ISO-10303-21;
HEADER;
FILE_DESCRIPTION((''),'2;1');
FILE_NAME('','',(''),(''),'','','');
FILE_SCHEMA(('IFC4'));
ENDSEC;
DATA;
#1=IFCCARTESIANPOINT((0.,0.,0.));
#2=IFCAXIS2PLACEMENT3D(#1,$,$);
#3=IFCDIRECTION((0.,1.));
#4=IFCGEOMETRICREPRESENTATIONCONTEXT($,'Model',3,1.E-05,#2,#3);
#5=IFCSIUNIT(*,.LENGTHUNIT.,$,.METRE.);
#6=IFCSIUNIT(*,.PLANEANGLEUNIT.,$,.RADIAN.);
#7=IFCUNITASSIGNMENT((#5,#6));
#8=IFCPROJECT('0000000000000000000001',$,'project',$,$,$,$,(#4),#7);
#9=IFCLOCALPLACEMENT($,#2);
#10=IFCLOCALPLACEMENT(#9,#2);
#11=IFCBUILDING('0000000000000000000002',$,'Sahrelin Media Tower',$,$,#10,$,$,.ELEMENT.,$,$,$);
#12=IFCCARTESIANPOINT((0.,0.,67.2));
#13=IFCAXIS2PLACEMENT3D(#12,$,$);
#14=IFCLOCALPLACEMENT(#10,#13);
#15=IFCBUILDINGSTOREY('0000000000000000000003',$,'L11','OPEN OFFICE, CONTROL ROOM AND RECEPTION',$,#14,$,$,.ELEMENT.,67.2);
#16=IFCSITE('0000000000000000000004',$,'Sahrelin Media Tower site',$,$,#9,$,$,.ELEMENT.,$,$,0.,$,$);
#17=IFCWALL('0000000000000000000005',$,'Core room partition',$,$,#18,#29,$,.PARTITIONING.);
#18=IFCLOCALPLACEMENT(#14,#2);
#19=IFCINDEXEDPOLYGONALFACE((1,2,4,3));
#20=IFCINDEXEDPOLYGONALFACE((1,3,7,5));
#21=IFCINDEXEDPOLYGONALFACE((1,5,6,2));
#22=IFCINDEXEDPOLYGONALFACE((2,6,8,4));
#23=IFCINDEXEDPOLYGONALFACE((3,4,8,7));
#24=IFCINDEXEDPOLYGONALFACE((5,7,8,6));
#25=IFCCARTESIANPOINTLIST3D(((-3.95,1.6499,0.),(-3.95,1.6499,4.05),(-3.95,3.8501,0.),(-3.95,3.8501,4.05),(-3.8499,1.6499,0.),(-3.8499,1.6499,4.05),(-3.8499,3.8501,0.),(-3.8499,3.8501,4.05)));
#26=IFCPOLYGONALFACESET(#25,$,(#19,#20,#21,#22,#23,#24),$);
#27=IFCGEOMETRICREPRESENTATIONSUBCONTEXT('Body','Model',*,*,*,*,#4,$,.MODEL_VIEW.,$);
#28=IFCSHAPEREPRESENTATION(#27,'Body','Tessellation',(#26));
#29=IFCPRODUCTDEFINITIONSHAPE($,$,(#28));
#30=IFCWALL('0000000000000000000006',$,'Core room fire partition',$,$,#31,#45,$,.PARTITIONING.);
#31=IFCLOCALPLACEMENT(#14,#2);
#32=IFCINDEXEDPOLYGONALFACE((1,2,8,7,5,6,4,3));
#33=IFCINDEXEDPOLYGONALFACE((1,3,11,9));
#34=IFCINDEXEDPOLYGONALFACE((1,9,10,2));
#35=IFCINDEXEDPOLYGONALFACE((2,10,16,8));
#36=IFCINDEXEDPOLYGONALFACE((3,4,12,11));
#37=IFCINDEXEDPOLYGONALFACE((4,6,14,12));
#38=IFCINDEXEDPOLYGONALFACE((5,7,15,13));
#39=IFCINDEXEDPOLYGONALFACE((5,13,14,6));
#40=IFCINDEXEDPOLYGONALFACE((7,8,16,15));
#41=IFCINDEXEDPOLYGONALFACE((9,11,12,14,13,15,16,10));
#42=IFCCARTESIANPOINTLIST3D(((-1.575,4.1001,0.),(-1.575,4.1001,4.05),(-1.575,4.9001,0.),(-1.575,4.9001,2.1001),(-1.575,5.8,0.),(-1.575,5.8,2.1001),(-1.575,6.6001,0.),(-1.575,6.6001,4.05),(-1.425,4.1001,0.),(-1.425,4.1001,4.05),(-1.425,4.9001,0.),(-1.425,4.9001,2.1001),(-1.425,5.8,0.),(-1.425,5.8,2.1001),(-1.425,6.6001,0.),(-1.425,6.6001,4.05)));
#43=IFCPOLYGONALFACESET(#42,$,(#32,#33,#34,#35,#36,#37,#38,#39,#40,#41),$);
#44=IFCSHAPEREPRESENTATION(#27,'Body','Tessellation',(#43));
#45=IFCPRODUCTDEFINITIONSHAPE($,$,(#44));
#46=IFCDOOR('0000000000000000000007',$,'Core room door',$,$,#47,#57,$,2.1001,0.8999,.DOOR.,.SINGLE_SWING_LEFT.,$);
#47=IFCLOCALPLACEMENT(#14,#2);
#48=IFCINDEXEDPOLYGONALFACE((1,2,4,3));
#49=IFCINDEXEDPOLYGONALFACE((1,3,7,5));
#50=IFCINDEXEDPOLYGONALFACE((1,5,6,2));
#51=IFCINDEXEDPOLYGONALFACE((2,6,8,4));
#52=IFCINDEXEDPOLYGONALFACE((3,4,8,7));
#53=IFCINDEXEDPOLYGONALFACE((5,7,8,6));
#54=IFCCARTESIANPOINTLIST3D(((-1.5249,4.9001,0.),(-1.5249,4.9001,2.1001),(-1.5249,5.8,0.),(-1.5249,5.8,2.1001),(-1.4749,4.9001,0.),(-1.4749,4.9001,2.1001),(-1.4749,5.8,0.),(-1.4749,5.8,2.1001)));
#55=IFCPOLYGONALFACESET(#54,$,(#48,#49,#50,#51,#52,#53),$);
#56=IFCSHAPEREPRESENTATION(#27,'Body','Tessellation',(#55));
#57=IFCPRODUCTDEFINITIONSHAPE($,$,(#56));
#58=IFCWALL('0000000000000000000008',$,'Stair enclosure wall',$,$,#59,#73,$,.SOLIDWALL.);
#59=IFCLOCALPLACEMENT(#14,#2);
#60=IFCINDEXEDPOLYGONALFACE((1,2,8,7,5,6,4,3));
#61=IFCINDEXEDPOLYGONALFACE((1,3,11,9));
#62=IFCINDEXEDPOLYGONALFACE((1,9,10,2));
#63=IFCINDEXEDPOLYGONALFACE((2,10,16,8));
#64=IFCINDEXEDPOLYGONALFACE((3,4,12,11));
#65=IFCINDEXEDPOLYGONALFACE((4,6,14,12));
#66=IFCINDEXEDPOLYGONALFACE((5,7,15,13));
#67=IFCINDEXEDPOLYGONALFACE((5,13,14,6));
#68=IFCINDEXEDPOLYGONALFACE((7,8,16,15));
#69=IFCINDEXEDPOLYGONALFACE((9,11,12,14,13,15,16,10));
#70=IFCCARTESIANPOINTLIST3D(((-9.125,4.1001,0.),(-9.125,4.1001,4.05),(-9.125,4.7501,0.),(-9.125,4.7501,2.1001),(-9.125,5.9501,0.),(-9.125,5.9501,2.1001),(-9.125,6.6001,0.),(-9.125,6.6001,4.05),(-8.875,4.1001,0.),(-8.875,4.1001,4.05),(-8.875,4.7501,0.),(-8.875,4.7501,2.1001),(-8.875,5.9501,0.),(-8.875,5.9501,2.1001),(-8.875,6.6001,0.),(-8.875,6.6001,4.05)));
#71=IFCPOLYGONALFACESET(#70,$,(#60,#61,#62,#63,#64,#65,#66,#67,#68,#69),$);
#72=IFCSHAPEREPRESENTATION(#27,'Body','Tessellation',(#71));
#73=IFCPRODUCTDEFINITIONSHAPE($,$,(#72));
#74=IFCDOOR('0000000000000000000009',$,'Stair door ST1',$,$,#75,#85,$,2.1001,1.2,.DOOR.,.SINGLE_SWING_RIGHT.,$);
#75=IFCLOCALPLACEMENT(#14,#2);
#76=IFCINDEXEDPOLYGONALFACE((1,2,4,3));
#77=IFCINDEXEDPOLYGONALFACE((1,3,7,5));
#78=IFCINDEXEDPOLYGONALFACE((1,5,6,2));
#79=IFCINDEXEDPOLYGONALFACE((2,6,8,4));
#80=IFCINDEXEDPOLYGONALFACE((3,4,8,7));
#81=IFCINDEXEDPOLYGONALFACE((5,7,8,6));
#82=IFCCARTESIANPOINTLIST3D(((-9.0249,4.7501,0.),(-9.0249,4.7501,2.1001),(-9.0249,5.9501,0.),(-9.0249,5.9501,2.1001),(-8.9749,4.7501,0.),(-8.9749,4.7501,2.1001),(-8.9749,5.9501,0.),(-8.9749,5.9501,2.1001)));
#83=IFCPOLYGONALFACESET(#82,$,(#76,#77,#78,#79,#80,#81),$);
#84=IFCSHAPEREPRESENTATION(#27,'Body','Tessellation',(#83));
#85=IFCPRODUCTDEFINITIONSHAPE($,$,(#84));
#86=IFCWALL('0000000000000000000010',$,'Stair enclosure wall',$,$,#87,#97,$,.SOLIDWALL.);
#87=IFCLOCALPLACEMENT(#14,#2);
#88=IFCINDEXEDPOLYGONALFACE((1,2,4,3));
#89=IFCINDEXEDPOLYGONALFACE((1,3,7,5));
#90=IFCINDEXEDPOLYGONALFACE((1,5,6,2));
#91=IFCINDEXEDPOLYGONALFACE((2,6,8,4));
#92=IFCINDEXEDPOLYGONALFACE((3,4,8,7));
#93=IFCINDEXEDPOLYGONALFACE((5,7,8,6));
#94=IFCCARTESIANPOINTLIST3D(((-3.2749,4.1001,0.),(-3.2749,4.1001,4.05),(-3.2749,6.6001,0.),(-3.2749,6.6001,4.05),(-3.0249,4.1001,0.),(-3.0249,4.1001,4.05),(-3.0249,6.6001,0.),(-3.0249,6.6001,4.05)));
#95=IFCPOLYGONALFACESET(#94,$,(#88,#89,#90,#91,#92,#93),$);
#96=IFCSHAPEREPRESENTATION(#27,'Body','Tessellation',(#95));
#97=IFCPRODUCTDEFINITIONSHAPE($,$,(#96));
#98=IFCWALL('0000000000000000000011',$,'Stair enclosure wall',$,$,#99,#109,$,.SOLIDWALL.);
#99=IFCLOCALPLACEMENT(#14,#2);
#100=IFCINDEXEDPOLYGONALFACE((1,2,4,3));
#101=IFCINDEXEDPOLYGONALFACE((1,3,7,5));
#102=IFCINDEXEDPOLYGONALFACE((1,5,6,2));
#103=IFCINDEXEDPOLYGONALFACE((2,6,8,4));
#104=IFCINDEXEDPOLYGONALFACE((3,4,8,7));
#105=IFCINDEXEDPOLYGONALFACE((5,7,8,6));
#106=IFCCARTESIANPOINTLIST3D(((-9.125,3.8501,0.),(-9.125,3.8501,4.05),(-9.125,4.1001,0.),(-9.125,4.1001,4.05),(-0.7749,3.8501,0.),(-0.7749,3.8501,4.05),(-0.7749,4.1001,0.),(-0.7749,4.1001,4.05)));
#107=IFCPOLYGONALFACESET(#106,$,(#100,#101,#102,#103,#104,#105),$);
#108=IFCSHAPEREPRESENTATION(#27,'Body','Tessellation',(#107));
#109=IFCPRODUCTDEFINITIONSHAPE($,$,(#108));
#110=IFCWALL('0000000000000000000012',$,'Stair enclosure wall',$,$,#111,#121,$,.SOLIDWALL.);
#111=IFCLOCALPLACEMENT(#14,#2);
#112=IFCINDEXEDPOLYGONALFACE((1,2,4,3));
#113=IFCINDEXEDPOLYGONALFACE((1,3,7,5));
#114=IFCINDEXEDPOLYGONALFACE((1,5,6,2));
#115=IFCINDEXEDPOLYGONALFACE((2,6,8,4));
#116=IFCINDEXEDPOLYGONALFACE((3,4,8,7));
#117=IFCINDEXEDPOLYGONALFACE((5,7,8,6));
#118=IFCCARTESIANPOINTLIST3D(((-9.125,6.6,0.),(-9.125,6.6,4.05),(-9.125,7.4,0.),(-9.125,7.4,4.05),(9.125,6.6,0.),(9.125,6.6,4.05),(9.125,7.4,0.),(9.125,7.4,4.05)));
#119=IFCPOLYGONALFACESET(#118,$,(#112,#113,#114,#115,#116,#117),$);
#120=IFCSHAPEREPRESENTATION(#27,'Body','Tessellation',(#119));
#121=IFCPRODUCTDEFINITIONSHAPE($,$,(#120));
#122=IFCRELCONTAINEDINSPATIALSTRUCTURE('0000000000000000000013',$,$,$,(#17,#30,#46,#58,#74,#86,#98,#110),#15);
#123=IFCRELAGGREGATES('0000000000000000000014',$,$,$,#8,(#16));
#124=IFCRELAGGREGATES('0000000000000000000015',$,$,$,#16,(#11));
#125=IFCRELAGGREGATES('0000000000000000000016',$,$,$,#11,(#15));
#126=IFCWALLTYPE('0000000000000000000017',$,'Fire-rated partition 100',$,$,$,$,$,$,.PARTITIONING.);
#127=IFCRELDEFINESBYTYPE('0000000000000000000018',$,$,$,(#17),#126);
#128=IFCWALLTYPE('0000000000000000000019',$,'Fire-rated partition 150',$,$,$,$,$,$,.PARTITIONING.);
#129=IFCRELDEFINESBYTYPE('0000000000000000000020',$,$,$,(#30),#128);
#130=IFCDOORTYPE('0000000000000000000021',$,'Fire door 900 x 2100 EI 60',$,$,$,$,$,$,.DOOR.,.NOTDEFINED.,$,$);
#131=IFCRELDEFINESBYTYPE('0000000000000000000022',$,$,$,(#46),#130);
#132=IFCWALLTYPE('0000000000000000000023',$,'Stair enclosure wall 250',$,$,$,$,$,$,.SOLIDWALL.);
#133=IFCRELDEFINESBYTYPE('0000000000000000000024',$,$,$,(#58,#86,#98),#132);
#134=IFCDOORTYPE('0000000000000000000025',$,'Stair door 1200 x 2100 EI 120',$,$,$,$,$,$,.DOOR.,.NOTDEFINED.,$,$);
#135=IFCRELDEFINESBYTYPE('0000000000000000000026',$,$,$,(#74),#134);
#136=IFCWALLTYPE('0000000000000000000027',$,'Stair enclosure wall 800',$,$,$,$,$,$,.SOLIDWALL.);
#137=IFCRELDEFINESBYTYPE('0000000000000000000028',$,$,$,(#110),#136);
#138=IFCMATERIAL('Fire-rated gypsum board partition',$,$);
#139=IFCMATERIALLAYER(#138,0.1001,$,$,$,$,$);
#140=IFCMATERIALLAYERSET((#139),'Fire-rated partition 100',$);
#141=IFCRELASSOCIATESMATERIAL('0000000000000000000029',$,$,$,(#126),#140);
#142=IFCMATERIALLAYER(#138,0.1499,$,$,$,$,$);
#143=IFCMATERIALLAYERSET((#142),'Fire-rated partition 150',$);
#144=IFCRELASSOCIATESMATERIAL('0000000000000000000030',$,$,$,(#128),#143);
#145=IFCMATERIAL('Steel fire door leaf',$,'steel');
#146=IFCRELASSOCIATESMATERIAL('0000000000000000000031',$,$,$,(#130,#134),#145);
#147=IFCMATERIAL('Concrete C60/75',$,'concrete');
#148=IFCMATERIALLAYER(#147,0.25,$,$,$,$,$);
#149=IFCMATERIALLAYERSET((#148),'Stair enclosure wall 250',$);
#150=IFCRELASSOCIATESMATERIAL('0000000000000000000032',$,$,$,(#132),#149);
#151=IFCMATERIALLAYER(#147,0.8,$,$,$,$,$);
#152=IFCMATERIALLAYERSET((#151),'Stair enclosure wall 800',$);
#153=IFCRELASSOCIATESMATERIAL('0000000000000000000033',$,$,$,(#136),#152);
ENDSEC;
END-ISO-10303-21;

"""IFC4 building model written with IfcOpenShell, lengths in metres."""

from ifc_helpers import new_model, si_unit, direction, frame, frame_2d, origin, place, context, subcontext, project, spatial, rectangle, extrude, material, layer, layer_set, type_object, element, fill, save


model = new_model("IFC4")

# Units and contexts
model_context = context("Model", 3, precision=1e-05, world=origin(), true_north=direction((0.0, 1.0)))
body_context = subcontext(model_context, "Body", "Model", "MODEL_VIEW")
ifc_project = project(units=[si_unit("LENGTHUNIT", "METRE"), si_unit("PLANEANGLEUNIT", "RADIAN")], contexts=[model_context])

# Site, building, storey
site_placement = place(None, origin())
site = spatial("IfcSite", under=ifc_project, at=site_placement, Name="Sahrelin Media Tower site", CompositionType="ELEMENT", RefElevation=0.0)
building_placement = place(site_placement, origin())
building = spatial("IfcBuilding", under=site, at=building_placement, Name="Sahrelin Media Tower", CompositionType="ELEMENT")
storey_placement = place(building_placement, frame((0.0, 0.0, 67.2)))
storey = spatial("IfcBuildingStorey", under=building, at=storey_placement, Name="L11", Description="OPEN OFFICE, CONTROL ROOM AND RECEPTION", CompositionType="ELEMENT", Elevation=67.2)

# Shared definitions
ifc_material_1 = material(Name="Concrete C60/75", Category="concrete")

# Shared definitions
ifc_material_2 = material(Name="Fire-rated gypsum board partition")
ifc_material_3 = material(Name="Steel fire door leaf", Category="steel")

# Wall
ifc_layer_1 = layer(ifc_material_2, 0.1001)
ifc_layer_set_1 = layer_set([ifc_layer_1], Name="Fire-rated partition 100")
wall_type_1 = type_object("IfcWallType", Name="Fire-rated partition 100", PredefinedType="PARTITIONING", material=ifc_layer_set_1)
wall_1_placement = place(storey_placement, frame((-3.8999, 1.6499, 0.0), z_axis=(0.0, 0.0, 1.0), x_axis=(0.0, 1.0, 0.0)))
element("IfcWall", 1, at=wall_1_placement, inside=storey, type_object=wall_type_1, Name="Core room partition", PredefinedType="PARTITIONING", context=body_context, shape_type="SweptSolid", body=[
    extrude(rectangle(XDim=2.2002, YDim=0.1001, at=frame_2d((1.1001, 0.0))), origin(), (0.0, 0.0, 1.0), 4.05),
])

# Walls, openings, doors
ifc_layer_2 = layer(ifc_material_2, 0.1499)
ifc_layer_set_2 = layer_set([ifc_layer_2], Name="Fire-rated partition 150")
wall_type_2 = type_object("IfcWallType", Name="Fire-rated partition 150", PredefinedType="PARTITIONING", material=ifc_layer_set_2)
wall_2_placement = place(storey_placement, frame((-1.5, 4.1001, 0.0), z_axis=(0.0, 0.0, 1.0), x_axis=(0.0, 1.0, 0.0)))
wall_2 = element("IfcWall", 2, at=wall_2_placement, inside=storey, type_object=wall_type_2, Name="Core room fire partition", PredefinedType="PARTITIONING", context=body_context, shape_type="SweptSolid", body=[
    extrude(rectangle(XDim=2.5, YDim=0.1499, at=frame_2d((1.25, 0.0))), origin(), (0.0, 0.0, 1.0), 4.05),
])
opening_1_placement = place(wall_2_placement, frame((0.8, 0.0, 0.0)))
opening_1 = element("IfcOpeningElement", 3, at=opening_1_placement, cuts=wall_2, PredefinedType="OPENING", context=body_context, shape_type="SweptSolid", body=[
    extrude(rectangle(XDim=0.8999, YDim=2.1001, at=frame_2d((0.45, 1.05))), frame((0.0, 0.075, 0.0), z_axis=(0.0, -1.0, 0.0), x_axis=(1.0, 0.0, 0.0)), (0.0, 0.0, 1.0), 0.1499),
])
door_type_1 = type_object("IfcDoorType", Name="Fire door 900 x 2100 EI 60", OperationType="NOTDEFINED", PredefinedType="DOOR", material=ifc_material_3)
door_1_placement = place(opening_1_placement, origin())
door_1 = element("IfcDoor", 4, at=door_1_placement, inside=storey, type_object=door_type_1, Name="Core room door", OperationType="SINGLE_SWING_LEFT", OverallHeight=2.1001, OverallWidth=0.8999, PredefinedType="DOOR", context=body_context, shape_type="SweptSolid", body=[
    extrude(rectangle(XDim=0.8999, YDim=2.1001, at=frame_2d((0.45, 1.05))), frame((0.0, 0.0249, 0.0), z_axis=(0.0, -1.0, 0.0), x_axis=(1.0, 0.0, 0.0)), (0.0, 0.0, 1.0), 0.05),
])
fill(opening_1, door_1)
ifc_layer_3 = layer(ifc_material_1, 0.25)
ifc_layer_set_3 = layer_set([ifc_layer_3], Name="Stair enclosure wall 250")
wall_type_3 = type_object("IfcWallType", Name="Stair enclosure wall 250", PredefinedType="SOLIDWALL", material=ifc_layer_set_3)
wall_3_placement = place(storey_placement, frame((-9.0, 4.1001, 0.0), z_axis=(0.0, 0.0, 1.0), x_axis=(0.0, 1.0, 0.0)))
wall_3 = element("IfcWall", 5, at=wall_3_placement, inside=storey, type_object=wall_type_3, Name="Stair enclosure wall", PredefinedType="SOLIDWALL", context=body_context, shape_type="SweptSolid", body=[
    extrude(rectangle(XDim=2.5, YDim=0.25, at=frame_2d((1.25, 0.0))), origin(), (0.0, 0.0, 1.0), 4.05),
])
opening_2_placement = place(wall_3_placement, frame((0.6499, 0.0, 0.0)))
opening_2 = element("IfcOpeningElement", 6, at=opening_2_placement, cuts=wall_3, PredefinedType="OPENING", context=body_context, shape_type="SweptSolid", body=[
    extrude(rectangle(XDim=1.2, YDim=2.1001, at=frame_2d((0.6001, 1.05))), frame((0.0, 0.125, 0.0), z_axis=(0.0, -1.0, 0.0), x_axis=(1.0, 0.0, 0.0)), (0.0, 0.0, 1.0), 0.25),
])
door_type_2 = type_object("IfcDoorType", Name="Stair door 1200 x 2100 EI 120", OperationType="NOTDEFINED", PredefinedType="DOOR", material=ifc_material_3)
door_2_placement = place(opening_2_placement, origin())
door_2 = element("IfcDoor", 7, at=door_2_placement, inside=storey, type_object=door_type_2, Name="Stair door ST1", OperationType="SINGLE_SWING_RIGHT", OverallHeight=2.1001, OverallWidth=1.2, PredefinedType="DOOR", context=body_context, shape_type="SweptSolid", body=[
    extrude(rectangle(XDim=1.2, YDim=2.1001, at=frame_2d((0.6001, 1.05))), frame((0.0, 0.0249, 0.0), z_axis=(0.0, -1.0, 0.0), x_axis=(1.0, 0.0, 0.0)), (0.0, 0.0, 1.0), 0.05),
])
fill(opening_2, door_2)

# Walls
wall_4_placement = place(storey_placement, frame((-3.1499, 4.1001, 0.0), z_axis=(0.0, 0.0, 1.0), x_axis=(0.0, 1.0, 0.0)))
element("IfcWall", 8, at=wall_4_placement, inside=storey, type_object=wall_type_3, Name="Stair enclosure wall", PredefinedType="SOLIDWALL", context=body_context, shape_type="SweptSolid", body=[
    extrude(rectangle(XDim=2.5, YDim=0.25, at=frame_2d((1.25, 0.0))), origin(), (0.0, 0.0, 1.0), 4.05),
])
wall_5_placement = place(storey_placement, frame((-9.125, 3.9751, 0.0), z_axis=(0.0, 0.0, 1.0), x_axis=(1.0, 0.0, 0.0)))
element("IfcWall", 9, at=wall_5_placement, inside=storey, type_object=wall_type_3, Name="Stair enclosure wall", PredefinedType="SOLIDWALL", context=body_context, shape_type="SweptSolid", body=[
    extrude(rectangle(XDim=8.3501, YDim=0.25, at=frame_2d((4.175, 0.0))), origin(), (0.0, 0.0, 1.0), 4.05),
])
ifc_layer_4 = layer(ifc_material_1, 0.8)
ifc_layer_set_4 = layer_set([ifc_layer_4], Name="Stair enclosure wall 800")
wall_type_4 = type_object("IfcWallType", Name="Stair enclosure wall 800", PredefinedType="SOLIDWALL", material=ifc_layer_set_4)
wall_6_placement = place(storey_placement, frame((-9.125, 7.0, 0.0), z_axis=(0.0, 0.0, 1.0), x_axis=(1.0, 0.0, 0.0)))
element("IfcWall", 10, at=wall_6_placement, inside=storey, type_object=wall_type_4, Name="Stair enclosure wall", PredefinedType="SOLIDWALL", context=body_context, shape_type="SweptSolid", body=[
    extrude(rectangle(XDim=18.25, YDim=0.8, at=frame_2d((9.125, 0.0))), origin(), (0.0, 0.0, 1.0), 4.05),
])

save(model, "model.ifc")
